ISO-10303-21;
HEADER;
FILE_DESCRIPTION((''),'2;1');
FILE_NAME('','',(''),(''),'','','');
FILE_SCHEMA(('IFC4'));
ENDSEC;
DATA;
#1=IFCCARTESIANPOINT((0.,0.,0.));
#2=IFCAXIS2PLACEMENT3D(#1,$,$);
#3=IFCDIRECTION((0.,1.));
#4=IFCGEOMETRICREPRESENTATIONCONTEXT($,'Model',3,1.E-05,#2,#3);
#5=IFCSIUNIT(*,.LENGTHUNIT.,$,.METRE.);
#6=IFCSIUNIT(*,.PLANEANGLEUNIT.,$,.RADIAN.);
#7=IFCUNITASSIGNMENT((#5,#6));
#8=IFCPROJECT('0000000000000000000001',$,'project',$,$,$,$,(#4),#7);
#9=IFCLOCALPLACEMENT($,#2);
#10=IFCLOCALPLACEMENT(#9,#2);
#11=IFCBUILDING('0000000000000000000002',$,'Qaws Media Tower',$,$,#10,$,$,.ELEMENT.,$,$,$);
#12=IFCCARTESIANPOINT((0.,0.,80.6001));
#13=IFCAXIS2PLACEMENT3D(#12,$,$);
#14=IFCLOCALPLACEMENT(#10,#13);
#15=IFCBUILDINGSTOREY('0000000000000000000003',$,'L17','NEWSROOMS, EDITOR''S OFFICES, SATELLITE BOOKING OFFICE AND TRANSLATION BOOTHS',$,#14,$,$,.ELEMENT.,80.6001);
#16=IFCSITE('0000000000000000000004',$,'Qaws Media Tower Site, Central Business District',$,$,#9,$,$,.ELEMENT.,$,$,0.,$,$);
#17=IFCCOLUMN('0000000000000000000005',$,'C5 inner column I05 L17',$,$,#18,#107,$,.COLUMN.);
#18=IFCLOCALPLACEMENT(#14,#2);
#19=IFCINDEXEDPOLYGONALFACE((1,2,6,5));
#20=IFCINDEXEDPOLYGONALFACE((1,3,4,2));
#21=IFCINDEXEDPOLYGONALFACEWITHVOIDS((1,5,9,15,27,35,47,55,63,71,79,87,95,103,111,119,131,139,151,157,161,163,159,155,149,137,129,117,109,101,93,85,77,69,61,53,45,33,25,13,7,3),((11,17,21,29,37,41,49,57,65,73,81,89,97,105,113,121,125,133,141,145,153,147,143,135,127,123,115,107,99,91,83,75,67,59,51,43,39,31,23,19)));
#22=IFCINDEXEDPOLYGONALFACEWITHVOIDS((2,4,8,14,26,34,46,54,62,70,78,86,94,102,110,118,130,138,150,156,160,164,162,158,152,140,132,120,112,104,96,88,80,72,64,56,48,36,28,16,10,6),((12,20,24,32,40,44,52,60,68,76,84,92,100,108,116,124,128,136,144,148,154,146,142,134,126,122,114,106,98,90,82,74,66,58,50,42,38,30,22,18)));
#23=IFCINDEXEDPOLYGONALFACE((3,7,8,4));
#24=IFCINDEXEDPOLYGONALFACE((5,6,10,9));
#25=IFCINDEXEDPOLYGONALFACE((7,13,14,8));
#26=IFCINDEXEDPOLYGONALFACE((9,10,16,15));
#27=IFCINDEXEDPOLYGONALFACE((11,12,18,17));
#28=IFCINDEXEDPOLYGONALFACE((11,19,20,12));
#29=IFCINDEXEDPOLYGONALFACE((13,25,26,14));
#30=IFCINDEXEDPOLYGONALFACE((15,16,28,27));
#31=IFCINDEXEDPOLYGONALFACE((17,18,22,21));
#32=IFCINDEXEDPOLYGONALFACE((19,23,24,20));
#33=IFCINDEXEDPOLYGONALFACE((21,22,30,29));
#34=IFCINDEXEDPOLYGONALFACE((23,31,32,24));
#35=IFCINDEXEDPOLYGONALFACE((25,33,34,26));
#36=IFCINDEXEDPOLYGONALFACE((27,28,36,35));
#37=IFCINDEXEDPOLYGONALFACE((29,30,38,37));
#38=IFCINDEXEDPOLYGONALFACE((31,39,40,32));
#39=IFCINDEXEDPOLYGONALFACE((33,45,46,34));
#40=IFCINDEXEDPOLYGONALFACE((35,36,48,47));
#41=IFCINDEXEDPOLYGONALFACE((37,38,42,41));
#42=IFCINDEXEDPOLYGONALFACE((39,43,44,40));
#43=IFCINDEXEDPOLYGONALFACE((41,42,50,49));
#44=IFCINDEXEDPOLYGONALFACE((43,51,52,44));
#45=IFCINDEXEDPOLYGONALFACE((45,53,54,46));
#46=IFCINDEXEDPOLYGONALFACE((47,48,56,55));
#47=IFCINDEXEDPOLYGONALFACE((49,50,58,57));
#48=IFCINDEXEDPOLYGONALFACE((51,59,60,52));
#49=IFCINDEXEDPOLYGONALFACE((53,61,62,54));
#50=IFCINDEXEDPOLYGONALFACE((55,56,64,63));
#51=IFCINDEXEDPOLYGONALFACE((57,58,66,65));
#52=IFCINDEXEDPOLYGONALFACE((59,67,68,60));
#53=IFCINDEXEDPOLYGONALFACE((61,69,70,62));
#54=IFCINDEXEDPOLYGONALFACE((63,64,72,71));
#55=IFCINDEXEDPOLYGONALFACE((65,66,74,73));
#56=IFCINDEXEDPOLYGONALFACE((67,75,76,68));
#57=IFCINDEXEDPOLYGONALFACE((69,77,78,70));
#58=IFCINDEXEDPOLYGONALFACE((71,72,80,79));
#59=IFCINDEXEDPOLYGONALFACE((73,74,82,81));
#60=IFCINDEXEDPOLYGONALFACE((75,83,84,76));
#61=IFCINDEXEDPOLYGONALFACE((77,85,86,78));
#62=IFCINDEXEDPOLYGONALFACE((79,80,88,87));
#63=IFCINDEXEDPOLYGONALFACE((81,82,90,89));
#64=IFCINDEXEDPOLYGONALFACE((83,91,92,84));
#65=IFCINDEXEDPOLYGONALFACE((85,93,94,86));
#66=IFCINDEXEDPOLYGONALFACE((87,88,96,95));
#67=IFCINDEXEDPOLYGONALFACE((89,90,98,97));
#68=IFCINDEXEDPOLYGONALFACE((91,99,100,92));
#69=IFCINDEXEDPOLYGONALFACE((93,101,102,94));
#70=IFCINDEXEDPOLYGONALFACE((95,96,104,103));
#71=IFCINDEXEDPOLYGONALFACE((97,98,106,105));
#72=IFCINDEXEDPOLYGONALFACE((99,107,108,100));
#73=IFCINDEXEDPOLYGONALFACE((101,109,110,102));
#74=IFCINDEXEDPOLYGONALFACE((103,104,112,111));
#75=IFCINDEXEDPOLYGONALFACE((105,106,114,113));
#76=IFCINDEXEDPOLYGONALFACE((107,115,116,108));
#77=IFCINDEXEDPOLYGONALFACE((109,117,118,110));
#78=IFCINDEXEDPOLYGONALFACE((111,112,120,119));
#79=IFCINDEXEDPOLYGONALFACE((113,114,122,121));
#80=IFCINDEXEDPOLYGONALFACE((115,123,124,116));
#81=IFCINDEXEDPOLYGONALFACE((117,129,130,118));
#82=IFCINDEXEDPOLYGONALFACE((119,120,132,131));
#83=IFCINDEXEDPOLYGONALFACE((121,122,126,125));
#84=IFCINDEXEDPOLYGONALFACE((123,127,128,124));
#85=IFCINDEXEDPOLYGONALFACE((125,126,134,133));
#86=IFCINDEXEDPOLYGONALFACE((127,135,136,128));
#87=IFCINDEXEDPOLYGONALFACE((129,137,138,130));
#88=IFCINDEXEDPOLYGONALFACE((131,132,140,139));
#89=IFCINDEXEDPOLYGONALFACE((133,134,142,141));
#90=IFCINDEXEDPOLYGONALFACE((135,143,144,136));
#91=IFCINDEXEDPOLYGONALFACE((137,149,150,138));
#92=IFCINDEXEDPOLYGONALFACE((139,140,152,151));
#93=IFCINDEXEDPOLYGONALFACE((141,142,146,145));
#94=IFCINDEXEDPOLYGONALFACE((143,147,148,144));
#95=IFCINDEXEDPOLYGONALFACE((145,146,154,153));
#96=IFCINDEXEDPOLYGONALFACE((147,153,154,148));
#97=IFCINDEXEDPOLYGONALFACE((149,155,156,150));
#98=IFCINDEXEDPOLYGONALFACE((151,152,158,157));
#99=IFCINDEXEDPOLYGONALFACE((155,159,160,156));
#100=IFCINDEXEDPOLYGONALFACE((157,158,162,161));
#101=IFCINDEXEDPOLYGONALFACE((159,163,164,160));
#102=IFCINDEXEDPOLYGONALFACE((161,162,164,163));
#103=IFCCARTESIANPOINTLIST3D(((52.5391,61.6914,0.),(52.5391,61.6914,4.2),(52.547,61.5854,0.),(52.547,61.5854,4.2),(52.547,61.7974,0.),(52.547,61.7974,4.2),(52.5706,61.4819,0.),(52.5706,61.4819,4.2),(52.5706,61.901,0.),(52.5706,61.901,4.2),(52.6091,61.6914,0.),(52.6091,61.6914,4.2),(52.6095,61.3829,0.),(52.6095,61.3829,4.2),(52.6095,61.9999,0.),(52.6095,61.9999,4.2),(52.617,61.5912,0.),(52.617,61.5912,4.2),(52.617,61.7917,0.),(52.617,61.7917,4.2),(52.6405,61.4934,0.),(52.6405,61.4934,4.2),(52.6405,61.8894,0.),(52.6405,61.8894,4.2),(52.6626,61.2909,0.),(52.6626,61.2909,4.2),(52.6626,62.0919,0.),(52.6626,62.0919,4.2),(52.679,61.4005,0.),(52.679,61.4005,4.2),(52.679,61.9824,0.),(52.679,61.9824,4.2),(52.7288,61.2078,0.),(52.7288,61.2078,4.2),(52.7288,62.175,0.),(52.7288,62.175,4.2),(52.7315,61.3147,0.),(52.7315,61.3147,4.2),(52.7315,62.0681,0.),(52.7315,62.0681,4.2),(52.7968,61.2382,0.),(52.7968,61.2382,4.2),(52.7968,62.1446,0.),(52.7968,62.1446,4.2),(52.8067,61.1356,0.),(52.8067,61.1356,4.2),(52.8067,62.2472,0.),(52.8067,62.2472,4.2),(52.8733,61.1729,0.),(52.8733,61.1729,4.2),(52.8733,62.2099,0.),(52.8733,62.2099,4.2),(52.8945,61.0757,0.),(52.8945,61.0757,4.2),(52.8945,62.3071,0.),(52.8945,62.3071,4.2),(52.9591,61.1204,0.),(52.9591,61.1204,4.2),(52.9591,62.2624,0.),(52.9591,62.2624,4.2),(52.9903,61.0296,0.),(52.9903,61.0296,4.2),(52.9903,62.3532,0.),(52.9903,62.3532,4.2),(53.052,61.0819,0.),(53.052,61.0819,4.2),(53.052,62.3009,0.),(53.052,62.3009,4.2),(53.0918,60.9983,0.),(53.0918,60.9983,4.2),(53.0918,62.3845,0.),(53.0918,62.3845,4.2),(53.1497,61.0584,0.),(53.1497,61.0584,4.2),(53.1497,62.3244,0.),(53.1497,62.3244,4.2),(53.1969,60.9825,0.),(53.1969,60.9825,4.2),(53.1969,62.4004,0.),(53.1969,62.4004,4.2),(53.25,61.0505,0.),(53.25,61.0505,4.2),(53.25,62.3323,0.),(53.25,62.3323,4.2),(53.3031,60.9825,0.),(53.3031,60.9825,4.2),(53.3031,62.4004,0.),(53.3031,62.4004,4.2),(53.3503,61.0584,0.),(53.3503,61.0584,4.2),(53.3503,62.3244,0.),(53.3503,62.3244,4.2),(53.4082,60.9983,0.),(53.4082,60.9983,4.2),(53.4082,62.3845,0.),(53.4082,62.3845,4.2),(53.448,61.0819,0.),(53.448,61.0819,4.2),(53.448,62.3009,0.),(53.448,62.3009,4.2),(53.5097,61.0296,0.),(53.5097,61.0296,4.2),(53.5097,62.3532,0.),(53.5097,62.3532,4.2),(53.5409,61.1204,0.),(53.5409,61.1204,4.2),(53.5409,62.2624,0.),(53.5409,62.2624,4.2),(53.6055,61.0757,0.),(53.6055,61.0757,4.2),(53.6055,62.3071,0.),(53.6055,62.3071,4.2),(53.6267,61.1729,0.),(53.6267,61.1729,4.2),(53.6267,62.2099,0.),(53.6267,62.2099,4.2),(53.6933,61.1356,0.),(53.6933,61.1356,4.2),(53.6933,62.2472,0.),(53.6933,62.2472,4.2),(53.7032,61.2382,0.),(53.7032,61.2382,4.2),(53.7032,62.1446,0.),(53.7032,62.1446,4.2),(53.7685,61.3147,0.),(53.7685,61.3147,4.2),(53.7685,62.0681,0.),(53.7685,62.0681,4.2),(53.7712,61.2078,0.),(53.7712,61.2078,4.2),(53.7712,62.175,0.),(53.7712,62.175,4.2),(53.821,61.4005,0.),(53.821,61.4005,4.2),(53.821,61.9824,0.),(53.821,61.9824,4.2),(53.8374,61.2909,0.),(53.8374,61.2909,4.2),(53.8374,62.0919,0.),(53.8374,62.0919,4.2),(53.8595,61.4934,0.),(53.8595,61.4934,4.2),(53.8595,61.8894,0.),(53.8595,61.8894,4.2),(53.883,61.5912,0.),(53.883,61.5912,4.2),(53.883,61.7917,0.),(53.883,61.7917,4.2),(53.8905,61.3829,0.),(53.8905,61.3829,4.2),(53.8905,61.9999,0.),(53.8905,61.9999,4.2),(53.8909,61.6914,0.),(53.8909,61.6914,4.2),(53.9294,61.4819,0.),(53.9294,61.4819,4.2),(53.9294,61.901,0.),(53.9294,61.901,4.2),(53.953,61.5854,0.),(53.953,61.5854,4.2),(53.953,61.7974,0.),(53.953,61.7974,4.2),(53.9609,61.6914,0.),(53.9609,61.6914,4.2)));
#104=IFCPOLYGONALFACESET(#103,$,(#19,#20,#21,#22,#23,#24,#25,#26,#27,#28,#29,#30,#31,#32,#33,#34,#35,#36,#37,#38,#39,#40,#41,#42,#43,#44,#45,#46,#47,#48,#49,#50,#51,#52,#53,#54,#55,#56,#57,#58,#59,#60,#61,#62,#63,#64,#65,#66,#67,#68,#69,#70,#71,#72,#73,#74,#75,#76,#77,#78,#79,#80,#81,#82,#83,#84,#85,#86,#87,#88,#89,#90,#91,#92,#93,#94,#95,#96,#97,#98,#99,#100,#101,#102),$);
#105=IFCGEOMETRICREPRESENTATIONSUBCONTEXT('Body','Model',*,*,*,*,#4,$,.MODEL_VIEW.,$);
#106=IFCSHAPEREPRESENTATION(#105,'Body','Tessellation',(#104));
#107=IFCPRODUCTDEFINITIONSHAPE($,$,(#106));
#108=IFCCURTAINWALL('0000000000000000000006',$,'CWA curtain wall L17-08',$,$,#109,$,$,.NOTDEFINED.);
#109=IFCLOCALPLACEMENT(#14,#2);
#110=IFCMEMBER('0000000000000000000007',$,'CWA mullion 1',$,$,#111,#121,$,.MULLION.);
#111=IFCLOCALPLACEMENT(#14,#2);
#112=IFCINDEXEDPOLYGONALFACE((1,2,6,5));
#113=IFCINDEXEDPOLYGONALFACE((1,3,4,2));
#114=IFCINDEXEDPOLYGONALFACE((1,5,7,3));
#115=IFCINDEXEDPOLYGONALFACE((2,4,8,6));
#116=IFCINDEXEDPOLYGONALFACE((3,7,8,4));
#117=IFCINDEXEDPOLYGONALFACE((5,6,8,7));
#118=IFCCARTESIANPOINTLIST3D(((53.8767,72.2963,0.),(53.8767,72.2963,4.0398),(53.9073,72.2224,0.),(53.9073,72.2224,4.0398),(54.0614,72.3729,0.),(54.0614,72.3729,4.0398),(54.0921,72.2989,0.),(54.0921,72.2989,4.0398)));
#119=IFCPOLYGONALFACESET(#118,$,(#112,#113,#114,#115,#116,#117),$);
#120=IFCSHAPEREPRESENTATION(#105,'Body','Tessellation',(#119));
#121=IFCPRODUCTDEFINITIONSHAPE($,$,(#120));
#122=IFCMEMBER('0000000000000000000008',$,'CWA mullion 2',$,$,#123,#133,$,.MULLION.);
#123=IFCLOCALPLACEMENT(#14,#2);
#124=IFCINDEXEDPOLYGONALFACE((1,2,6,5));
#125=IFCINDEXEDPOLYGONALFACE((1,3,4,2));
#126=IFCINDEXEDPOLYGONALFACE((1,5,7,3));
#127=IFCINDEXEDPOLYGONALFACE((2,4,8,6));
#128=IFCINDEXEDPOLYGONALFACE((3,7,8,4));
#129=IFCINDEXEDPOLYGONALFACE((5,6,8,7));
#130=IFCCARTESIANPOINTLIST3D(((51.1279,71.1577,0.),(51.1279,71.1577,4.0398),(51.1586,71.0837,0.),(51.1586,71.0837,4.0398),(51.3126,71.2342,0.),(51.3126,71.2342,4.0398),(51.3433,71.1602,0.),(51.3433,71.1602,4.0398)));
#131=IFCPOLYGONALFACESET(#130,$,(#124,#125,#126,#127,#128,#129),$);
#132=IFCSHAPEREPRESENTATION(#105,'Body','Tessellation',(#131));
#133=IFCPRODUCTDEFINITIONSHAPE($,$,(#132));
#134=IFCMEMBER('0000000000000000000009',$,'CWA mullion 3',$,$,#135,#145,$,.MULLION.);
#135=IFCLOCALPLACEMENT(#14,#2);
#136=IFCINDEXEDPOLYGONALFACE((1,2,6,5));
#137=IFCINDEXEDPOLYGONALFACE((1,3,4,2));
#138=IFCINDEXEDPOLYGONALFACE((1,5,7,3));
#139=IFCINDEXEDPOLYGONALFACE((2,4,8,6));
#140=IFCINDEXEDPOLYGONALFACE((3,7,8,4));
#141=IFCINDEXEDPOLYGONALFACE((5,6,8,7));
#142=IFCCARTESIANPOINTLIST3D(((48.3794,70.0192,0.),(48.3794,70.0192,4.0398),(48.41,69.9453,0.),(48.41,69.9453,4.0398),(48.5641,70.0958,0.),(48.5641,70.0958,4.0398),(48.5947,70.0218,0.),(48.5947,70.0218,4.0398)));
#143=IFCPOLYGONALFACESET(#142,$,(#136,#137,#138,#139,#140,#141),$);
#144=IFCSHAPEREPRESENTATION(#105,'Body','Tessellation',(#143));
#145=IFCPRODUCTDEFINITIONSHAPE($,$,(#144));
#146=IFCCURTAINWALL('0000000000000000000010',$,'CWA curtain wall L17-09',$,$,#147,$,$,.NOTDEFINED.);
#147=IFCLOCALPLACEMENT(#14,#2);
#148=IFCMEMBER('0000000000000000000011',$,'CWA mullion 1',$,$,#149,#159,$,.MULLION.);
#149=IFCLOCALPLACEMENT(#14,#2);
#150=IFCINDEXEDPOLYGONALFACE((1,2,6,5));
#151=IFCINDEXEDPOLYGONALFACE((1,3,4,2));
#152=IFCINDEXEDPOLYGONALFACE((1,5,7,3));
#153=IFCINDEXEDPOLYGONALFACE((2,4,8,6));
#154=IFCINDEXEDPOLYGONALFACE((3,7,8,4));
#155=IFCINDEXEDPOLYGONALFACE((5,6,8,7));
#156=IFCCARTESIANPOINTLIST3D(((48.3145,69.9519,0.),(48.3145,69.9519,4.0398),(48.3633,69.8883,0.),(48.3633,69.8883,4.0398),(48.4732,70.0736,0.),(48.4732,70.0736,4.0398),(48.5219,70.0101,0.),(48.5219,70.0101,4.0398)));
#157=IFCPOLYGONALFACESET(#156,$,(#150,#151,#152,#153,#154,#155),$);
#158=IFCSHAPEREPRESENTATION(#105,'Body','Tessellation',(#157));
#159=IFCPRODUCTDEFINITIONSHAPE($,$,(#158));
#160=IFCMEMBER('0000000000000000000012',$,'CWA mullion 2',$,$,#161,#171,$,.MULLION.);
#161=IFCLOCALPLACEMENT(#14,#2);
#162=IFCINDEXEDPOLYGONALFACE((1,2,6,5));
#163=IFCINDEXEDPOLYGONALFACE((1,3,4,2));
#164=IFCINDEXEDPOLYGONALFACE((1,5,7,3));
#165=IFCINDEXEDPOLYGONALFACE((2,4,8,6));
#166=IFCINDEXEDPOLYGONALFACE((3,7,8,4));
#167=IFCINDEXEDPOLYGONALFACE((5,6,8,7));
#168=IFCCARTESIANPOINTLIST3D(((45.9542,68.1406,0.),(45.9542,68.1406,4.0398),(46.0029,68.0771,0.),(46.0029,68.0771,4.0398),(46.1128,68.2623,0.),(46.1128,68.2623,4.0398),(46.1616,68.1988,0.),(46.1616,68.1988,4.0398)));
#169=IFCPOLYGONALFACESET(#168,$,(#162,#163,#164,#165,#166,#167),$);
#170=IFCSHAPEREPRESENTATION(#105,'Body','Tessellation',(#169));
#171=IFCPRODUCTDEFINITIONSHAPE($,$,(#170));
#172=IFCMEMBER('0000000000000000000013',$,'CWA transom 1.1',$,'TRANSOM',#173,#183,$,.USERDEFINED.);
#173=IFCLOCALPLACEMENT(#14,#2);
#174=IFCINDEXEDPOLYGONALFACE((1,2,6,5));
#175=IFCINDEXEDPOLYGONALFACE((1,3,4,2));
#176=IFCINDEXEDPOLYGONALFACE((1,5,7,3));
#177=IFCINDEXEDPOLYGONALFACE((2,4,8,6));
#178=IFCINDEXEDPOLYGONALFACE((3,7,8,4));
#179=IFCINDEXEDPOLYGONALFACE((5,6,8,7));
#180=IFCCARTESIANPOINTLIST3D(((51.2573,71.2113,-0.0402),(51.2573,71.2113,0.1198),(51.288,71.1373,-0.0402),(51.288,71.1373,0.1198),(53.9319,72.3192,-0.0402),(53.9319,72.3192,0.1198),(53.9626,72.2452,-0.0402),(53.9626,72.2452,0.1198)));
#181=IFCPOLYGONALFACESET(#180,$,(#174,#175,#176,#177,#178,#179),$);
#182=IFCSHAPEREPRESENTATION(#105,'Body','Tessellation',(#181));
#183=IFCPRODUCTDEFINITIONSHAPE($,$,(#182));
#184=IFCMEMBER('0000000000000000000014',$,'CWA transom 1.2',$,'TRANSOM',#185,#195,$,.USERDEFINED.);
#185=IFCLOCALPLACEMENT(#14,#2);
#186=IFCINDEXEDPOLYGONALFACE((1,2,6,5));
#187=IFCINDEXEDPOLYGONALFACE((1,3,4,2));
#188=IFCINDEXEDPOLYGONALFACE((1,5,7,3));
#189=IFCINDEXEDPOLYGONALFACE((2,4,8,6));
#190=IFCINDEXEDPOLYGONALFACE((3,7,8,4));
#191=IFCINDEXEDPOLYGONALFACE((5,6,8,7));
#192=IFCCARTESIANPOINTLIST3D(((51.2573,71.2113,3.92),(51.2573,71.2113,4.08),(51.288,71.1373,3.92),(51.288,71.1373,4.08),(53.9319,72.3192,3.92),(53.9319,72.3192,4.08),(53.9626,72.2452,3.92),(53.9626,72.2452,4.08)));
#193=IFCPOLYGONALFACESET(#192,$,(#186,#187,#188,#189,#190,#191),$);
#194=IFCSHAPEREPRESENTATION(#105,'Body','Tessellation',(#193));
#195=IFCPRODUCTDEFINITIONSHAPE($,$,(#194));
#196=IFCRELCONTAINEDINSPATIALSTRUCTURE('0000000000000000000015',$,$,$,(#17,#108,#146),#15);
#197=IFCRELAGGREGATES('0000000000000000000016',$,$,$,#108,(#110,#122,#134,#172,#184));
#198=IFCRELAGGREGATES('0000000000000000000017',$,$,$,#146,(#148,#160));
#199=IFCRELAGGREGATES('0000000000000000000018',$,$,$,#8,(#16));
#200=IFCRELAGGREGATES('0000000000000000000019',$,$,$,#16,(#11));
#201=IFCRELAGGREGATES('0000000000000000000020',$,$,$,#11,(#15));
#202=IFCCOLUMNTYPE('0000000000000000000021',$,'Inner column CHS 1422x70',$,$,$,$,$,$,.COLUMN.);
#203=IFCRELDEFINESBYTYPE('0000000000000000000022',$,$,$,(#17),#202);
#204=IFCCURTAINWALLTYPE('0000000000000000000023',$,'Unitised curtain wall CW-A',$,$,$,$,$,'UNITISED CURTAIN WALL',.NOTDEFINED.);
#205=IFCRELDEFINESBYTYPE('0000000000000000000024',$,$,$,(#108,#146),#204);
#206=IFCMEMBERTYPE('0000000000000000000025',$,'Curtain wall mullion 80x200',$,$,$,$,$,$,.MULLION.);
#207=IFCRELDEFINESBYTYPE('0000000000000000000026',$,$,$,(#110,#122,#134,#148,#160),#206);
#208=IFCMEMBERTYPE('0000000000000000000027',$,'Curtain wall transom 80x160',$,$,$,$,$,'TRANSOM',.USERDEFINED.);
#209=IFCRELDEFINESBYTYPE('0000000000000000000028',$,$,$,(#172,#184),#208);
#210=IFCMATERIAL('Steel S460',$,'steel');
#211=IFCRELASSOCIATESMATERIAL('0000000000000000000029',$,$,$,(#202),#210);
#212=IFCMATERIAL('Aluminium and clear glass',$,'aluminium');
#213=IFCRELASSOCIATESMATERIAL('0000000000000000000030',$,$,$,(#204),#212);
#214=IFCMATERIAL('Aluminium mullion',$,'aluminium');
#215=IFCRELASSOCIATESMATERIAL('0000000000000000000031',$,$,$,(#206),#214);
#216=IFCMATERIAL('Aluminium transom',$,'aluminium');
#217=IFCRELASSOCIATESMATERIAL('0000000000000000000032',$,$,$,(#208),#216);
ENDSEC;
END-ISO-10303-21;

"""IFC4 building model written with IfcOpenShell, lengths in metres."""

from ifc_helpers import new_model, si_unit, direction, frame, origin, origin_2d, place, context, subcontext, project, spatial, rectangle, hollow_circle, extrude, material, material_profile, profile_set, type_object, element, aggregate, save


model = new_model("IFC4")

# Units and contexts
model_context = context("Model", 3, precision=1e-05, world=origin(), true_north=direction((0.0, 1.0)))
body_context = subcontext(model_context, "Body", "Model", "MODEL_VIEW")
ifc_project = project(units=[si_unit("LENGTHUNIT", "METRE"), si_unit("PLANEANGLEUNIT", "RADIAN")], contexts=[model_context])

# Site, building, storey
site_placement = place(None, origin())
site = spatial("IfcSite", under=ifc_project, at=site_placement, Name="Qaws Media Tower Site, Central Business District", CompositionType="ELEMENT", RefElevation=0.0)
building_placement = place(site_placement, origin())
building = spatial("IfcBuilding", under=site, at=building_placement, Name="Qaws Media Tower", CompositionType="ELEMENT")
storey_placement = place(building_placement, frame((0.0, 0.0, 80.6001)))
storey = spatial("IfcBuildingStorey", under=building, at=storey_placement, Name="L17", Description="NEWSROOMS, EDITOR'S OFFICES, SATELLITE BOOKING OFFICE AND TRANSLATION BOOTHS", CompositionType="ELEMENT", Elevation=80.6001)

# Column
ifc_material_1 = material(Name="Steel S460", Category="steel")
ifc_material_profile_1 = material_profile(ifc_material_1, hollow_circle(Radius=0.7109, WallThickness=0.0701, at=origin_2d()), Name="CHS 1422x70")
ifc_profile_set_1 = profile_set([ifc_material_profile_1], Name="Steel S460")
column_type = type_object("IfcColumnType", Name="Inner column CHS 1422x70", PredefinedType="COLUMN", material=ifc_profile_set_1)
column_placement = place(storey_placement, frame((53.25, 61.6914, 0.0), z_axis=(0.0, 0.0, 1.0), x_axis=(1.0, 0.0, 0.0)))
element("IfcColumn", 1, at=column_placement, inside=storey, type_object=column_type, Name="C5 inner column I05 L17", PredefinedType="COLUMN", context=body_context, shape_type="SweptSolid", body=[
    extrude(hollow_circle(Radius=0.7109, WallThickness=0.0701, at=origin_2d()), origin(), (0.0, 0.0, 1.0), 4.2),
])

# Curtain walls, members
ifc_material_2 = material(Name="Aluminium and clear glass", Category="aluminium")
curtain_wall_type = type_object("IfcCurtainWallType", Name="Unitised curtain wall CW-A", ElementType="UNITISED CURTAIN WALL", PredefinedType="NOTDEFINED", material=ifc_material_2)
curtain_wall_1_placement = place(storey_placement, origin())
curtain_wall_1 = element("IfcCurtainWall", 2, at=curtain_wall_1_placement, inside=storey, type_object=curtain_wall_type, Name="CWA curtain wall L17-08", PredefinedType="NOTDEFINED")
ifc_material_3 = material(Name="Aluminium mullion", Category="aluminium")
ifc_material_profile_2 = material_profile(ifc_material_3, rectangle(XDim=0.0801, YDim=0.2, at=origin_2d()), Name="80x200")
ifc_profile_set_2 = profile_set([ifc_material_profile_2], Name="Aluminium mullion")
member_type_1 = type_object("IfcMemberType", Name="Curtain wall mullion 80x200", PredefinedType="MULLION", material=ifc_profile_set_2)
member_1_placement = place(storey_placement, frame((53.9844, 72.2976, 0.0), z_axis=(0.0, 0.0, 1.0), x_axis=(0.382683, -0.92388, 0.0)))
member_1 = element("IfcMember", 3, at=member_1_placement, type_object=member_type_1, Name="CWA mullion 1", PredefinedType="MULLION", context=body_context, shape_type="SweptSolid", body=[
    extrude(rectangle(XDim=0.0801, YDim=0.2, at=origin_2d()), origin(), (0.0, 0.0, 1.0), 4.0398),
])
member_2_placement = place(storey_placement, frame((51.2356, 71.1589, 0.0), z_axis=(0.0, 0.0, 1.0), x_axis=(0.382683, -0.92388, 0.0)))
member_2 = element("IfcMember", 4, at=member_2_placement, type_object=member_type_1, Name="CWA mullion 2", PredefinedType="MULLION", context=body_context, shape_type="SweptSolid", body=[
    extrude(rectangle(XDim=0.0801, YDim=0.2, at=origin_2d()), origin(), (0.0, 0.0, 1.0), 4.0398),
])
member_3_placement = place(storey_placement, frame((48.4871, 70.0205, 0.0), z_axis=(0.0, 0.0, 1.0), x_axis=(0.382683, -0.92388, 0.0)))
member_3 = element("IfcMember", 5, at=member_3_placement, type_object=member_type_1, Name="CWA mullion 3", PredefinedType="MULLION", context=body_context, shape_type="SweptSolid", body=[
    extrude(rectangle(XDim=0.0801, YDim=0.2, at=origin_2d()), origin(), (0.0, 0.0, 1.0), 4.0398),
])
curtain_wall_2_placement = place(storey_placement, origin())
curtain_wall_2 = element("IfcCurtainWall", 6, at=curtain_wall_2_placement, inside=storey, type_object=curtain_wall_type, Name="CWA curtain wall L17-09", PredefinedType="NOTDEFINED")
member_4_placement = place(storey_placement, frame((48.4182, 69.981, 0.0), z_axis=(0.0, 0.0, 1.0), x_axis=(0.608761, -0.793353, 0.0)))
member_4 = element("IfcMember", 7, at=member_4_placement, type_object=member_type_1, Name="CWA mullion 1", PredefinedType="MULLION", context=body_context, shape_type="SweptSolid", body=[
    extrude(rectangle(XDim=0.0801, YDim=0.2, at=origin_2d()), origin(), (0.0, 0.0, 1.0), 4.0398),
])
member_5_placement = place(storey_placement, frame((46.0579, 68.1697, 0.0), z_axis=(0.0, 0.0, 1.0), x_axis=(0.608761, -0.793353, 0.0)))
member_5 = element("IfcMember", 8, at=member_5_placement, type_object=member_type_1, Name="CWA mullion 2", PredefinedType="MULLION", context=body_context, shape_type="SweptSolid", body=[
    extrude(rectangle(XDim=0.0801, YDim=0.2, at=origin_2d()), origin(), (0.0, 0.0, 1.0), 4.0398),
])

# Members
ifc_material_4 = material(Name="Aluminium transom", Category="aluminium")
ifc_material_profile_3 = material_profile(ifc_material_4, rectangle(XDim=0.0801, YDim=0.1599, at=origin_2d()), Name="80x160")
ifc_profile_set_3 = profile_set([ifc_material_profile_3], Name="Aluminium transom")
member_type_2 = type_object("IfcMemberType", Name="Curtain wall transom 80x160", ElementType="TRANSOM", PredefinedType="USERDEFINED", material=ifc_profile_set_3)
member_6_placement = place(storey_placement, frame((53.9473, 72.2822, 0.0398), z_axis=(-0.923871, -0.382704, 0.0), x_axis=(0.382704, -0.923871, 0.0)))
member_6 = element("IfcMember", 9, at=member_6_placement, type_object=member_type_2, Name="CWA transom 1.1", ObjectType="TRANSOM", PredefinedType="USERDEFINED", context=body_context, shape_type="SweptSolid", body=[
    extrude(rectangle(XDim=0.0801, YDim=0.1599, at=origin_2d()), origin(), (0.0, 0.0, 1.0), 2.895),
])
member_7_placement = place(storey_placement, frame((53.9473, 72.2822, 4.0), z_axis=(-0.923871, -0.382704, 0.0), x_axis=(0.382704, -0.923871, 0.0)))
member_7 = element("IfcMember", 10, at=member_7_placement, type_object=member_type_2, Name="CWA transom 1.2", ObjectType="TRANSOM", PredefinedType="USERDEFINED", context=body_context, shape_type="SweptSolid", body=[
    extrude(rectangle(XDim=0.0801, YDim=0.1599, at=origin_2d()), origin(), (0.0, 0.0, 1.0), 2.895),
])

aggregate(curtain_wall_1, [member_1, member_2, member_3, member_6, member_7])
aggregate(curtain_wall_2, [member_4, member_5])

save(model, "model.ifc")
